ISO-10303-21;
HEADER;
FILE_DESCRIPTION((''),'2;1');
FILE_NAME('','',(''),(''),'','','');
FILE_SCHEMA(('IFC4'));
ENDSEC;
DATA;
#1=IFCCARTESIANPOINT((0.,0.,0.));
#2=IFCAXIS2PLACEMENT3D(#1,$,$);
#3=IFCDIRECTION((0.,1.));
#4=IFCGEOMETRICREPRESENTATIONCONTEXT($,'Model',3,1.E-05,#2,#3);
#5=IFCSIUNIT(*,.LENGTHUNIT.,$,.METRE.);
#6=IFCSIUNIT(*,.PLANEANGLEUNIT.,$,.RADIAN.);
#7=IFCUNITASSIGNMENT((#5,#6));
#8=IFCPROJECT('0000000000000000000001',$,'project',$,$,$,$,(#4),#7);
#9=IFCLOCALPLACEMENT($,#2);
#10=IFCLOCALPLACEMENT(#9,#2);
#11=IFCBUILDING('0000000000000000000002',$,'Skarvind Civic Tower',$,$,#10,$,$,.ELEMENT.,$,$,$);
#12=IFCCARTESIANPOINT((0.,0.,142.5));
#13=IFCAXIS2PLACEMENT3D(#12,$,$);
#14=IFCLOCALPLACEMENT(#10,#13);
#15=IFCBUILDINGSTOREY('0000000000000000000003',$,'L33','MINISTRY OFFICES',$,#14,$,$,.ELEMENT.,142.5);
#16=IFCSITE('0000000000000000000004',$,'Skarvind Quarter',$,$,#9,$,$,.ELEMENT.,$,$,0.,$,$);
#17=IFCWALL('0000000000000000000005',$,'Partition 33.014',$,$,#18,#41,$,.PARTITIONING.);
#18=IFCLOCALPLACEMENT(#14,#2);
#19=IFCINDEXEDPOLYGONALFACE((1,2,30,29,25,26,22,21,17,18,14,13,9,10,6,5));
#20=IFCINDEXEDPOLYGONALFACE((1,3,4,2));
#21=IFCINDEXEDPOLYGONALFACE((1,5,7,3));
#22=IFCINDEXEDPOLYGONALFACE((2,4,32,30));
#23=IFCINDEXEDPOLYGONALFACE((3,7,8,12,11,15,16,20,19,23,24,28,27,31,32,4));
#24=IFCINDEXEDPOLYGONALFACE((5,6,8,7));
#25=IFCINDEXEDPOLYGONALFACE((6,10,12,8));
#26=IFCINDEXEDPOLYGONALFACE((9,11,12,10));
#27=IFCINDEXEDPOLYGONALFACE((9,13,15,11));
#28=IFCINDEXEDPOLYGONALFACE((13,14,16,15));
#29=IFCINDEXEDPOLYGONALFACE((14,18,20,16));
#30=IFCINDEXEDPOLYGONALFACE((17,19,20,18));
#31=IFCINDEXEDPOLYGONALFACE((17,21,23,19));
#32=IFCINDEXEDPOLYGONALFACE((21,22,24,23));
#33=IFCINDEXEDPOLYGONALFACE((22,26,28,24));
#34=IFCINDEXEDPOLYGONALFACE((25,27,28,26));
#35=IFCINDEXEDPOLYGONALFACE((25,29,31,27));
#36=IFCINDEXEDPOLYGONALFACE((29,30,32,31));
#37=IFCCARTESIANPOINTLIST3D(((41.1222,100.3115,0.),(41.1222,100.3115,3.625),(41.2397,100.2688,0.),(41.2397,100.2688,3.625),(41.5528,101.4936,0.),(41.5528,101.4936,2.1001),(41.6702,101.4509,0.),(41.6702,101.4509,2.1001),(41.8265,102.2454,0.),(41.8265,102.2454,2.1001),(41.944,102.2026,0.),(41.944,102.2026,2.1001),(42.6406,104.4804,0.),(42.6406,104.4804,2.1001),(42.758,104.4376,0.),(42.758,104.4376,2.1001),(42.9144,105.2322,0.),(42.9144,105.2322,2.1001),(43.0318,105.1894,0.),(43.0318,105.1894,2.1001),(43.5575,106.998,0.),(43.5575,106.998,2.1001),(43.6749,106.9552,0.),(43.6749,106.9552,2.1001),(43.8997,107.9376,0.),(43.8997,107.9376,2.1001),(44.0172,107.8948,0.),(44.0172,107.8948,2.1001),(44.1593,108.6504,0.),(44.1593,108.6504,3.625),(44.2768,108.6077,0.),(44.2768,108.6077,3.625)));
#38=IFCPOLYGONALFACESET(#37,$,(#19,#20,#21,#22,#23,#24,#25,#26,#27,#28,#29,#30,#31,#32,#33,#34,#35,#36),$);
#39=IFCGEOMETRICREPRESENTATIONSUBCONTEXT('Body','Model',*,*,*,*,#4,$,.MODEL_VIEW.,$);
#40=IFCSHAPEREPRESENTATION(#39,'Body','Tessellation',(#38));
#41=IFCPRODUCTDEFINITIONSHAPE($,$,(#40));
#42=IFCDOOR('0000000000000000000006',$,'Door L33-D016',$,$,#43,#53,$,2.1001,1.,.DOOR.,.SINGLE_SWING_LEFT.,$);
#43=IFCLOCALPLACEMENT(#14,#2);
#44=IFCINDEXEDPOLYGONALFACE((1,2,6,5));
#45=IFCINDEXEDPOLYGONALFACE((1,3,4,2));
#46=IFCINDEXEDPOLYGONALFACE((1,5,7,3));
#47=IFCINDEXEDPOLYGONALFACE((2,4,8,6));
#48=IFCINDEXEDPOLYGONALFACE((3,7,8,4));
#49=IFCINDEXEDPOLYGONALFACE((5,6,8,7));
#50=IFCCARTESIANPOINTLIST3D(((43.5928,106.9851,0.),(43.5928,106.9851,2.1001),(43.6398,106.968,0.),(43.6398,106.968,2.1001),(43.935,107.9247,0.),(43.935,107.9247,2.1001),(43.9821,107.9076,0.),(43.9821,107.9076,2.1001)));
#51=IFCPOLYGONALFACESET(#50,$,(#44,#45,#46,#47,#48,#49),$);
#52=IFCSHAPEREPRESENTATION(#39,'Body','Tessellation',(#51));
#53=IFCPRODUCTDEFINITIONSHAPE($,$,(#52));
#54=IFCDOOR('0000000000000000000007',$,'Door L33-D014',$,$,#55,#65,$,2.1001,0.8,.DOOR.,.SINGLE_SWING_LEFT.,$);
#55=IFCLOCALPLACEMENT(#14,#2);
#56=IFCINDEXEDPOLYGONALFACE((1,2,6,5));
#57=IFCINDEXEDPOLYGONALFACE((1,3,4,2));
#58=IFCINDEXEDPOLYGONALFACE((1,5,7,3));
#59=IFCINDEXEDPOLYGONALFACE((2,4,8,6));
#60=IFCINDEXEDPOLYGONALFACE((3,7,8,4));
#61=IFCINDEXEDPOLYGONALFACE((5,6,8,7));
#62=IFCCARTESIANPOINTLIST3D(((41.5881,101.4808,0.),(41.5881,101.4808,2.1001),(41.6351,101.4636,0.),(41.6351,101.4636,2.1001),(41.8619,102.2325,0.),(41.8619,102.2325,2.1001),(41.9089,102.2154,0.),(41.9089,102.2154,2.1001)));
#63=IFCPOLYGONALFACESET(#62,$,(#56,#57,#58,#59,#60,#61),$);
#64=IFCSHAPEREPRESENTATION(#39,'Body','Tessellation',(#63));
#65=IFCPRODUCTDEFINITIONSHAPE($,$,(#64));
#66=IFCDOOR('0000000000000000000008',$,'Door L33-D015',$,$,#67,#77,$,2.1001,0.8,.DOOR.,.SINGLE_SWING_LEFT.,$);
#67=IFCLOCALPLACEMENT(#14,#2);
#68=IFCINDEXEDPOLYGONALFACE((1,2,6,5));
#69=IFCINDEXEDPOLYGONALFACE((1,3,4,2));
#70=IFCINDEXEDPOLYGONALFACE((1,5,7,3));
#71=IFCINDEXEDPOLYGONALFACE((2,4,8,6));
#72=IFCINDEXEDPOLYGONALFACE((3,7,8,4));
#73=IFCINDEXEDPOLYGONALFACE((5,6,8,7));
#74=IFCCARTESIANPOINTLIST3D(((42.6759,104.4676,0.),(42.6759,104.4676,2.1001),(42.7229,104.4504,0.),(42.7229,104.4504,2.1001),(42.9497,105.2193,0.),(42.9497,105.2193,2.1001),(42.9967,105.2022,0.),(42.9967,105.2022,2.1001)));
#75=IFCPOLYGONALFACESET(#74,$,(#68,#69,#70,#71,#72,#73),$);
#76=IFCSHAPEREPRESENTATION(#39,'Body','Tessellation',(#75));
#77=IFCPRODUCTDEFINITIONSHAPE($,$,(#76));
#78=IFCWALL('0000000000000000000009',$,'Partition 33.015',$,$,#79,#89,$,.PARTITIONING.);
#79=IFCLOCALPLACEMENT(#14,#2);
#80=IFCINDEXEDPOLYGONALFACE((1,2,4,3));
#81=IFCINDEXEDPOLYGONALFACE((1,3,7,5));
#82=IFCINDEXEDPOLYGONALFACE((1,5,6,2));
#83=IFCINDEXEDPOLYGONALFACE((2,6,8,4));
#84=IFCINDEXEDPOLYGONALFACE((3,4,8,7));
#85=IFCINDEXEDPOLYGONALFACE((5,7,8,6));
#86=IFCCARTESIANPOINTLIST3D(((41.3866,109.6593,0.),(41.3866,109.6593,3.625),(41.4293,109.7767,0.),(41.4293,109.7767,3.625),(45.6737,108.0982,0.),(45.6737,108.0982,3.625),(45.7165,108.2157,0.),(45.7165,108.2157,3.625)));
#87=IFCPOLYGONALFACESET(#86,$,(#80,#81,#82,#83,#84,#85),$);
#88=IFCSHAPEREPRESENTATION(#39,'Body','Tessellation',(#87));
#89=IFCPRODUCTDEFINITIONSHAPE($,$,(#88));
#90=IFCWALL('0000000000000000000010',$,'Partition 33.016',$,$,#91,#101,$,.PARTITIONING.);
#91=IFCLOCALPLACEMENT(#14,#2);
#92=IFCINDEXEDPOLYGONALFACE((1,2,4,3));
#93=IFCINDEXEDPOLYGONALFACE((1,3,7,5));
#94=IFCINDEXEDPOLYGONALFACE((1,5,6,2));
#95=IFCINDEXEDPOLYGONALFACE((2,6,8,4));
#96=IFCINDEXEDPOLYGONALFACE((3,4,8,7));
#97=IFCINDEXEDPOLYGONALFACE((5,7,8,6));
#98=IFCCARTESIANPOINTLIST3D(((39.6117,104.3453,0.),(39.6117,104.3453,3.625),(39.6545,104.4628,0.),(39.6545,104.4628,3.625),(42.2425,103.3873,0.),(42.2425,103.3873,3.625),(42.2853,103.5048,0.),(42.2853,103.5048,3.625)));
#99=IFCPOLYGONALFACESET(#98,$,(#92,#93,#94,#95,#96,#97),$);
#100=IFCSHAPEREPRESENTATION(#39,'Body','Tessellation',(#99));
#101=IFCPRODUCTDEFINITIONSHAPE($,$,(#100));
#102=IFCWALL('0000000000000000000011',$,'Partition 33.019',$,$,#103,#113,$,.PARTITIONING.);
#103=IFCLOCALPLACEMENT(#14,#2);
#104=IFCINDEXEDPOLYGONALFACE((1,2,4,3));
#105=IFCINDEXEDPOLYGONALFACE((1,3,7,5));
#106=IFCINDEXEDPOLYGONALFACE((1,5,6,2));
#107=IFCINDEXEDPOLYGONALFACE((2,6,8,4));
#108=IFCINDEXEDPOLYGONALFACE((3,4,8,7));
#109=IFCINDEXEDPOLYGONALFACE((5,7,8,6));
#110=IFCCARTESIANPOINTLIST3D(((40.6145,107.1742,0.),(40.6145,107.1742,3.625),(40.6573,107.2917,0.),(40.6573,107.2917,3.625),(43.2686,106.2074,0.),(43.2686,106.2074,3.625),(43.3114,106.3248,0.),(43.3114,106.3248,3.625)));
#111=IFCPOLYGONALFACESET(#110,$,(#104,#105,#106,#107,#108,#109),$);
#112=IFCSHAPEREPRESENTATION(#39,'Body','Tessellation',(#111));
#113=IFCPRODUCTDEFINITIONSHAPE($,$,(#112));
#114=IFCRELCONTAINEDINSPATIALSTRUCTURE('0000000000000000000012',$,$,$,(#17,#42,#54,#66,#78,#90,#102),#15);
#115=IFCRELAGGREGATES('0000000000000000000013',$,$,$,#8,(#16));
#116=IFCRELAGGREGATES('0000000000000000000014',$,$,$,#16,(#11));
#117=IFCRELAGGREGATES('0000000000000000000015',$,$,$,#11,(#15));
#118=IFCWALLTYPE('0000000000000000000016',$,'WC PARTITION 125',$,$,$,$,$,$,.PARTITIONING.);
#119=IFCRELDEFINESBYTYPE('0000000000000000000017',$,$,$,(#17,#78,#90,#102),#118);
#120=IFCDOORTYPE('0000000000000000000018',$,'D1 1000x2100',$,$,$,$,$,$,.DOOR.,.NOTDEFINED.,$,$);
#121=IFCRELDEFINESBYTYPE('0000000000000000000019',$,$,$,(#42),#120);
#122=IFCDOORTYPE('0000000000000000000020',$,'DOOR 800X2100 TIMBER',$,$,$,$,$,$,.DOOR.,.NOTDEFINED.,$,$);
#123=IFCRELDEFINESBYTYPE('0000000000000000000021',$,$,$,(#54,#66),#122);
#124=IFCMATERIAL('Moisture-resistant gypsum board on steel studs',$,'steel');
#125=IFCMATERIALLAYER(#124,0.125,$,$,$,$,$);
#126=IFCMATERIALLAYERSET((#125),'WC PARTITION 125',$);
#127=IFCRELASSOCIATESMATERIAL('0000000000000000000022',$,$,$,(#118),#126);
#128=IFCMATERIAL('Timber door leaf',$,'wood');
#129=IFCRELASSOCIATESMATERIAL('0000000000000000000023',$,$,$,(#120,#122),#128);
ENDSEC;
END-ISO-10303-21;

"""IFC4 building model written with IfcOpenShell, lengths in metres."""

from ifc_helpers import new_model, si_unit, direction, frame, frame_2d, origin, place, context, subcontext, project, spatial, rectangle, extrude, material, layer, layer_set, type_object, element, fill, save


model = new_model("IFC4")

# Units and contexts
model_context = context("Model", 3, precision=1e-05, world=origin(), true_north=direction((0.0, 1.0)))
body_context = subcontext(model_context, "Body", "Model", "MODEL_VIEW")
ifc_project = project(units=[si_unit("LENGTHUNIT", "METRE"), si_unit("PLANEANGLEUNIT", "RADIAN")], contexts=[model_context])

# Site, building, storey
site_placement = place(None, origin())
site = spatial("IfcSite", under=ifc_project, at=site_placement, Name="Skarvind Quarter", CompositionType="ELEMENT", RefElevation=0.0)
building_placement = place(site_placement, origin())
building = spatial("IfcBuilding", under=site, at=building_placement, Name="Skarvind Civic Tower", CompositionType="ELEMENT")
storey_placement = place(building_placement, frame((0.0, 0.0, 142.5)))
storey = spatial("IfcBuildingStorey", under=building, at=storey_placement, Name="L33", Description="MINISTRY OFFICES", CompositionType="ELEMENT", Elevation=142.5)

# Shared definitions
ifc_material_1 = material(Name="Timber door leaf", Category="wood")

# Shared definitions
ifc_material_2 = material(Name="Moisture-resistant gypsum board on steel studs", Category="steel")
ifc_layer_1 = layer(ifc_material_2, 0.125)
ifc_layer_set_1 = layer_set([ifc_layer_1], Name="WC PARTITION 125")
wall_type_1 = type_object("IfcWallType", Name="WC PARTITION 125", PredefinedType="PARTITIONING", material=ifc_layer_set_1)

# Wall, openings, doors
wall_1_placement = place(storey_placement, frame((41.1809, 100.29, 0.0), z_axis=(0.0, 0.0, 1.0), x_axis=(0.34222, 0.93962, 0.0)))
wall_1 = element("IfcWall", 1, at=wall_1_placement, inside=storey, type_object=wall_type_1, Name="Partition 33.014", PredefinedType="PARTITIONING", context=body_context, shape_type="SweptSolid", body=[
    extrude(rectangle(XDim=8.8748, YDim=0.125, at=frame_2d((4.4375, 0.0))), origin(), (0.0, 0.0, 1.0), 3.625),
])
opening_1_placement = place(wall_1_placement, frame((1.2583, 0.0, 0.0)))
opening_1 = element("IfcOpeningElement", 2, at=opening_1_placement, cuts=wall_1, PredefinedType="OPENING", context=body_context, shape_type="SweptSolid", body=[
    extrude(rectangle(XDim=0.8, YDim=2.1001, at=frame_2d((0.3999, 1.05))), frame((0.0, 0.0725, 0.0), z_axis=(0.0, -1.0, 0.0), x_axis=(1.0, 0.0, 0.0)), (0.0, 0.0, 1.0), 0.145),
])
opening_2_placement = place(wall_1_placement, frame((4.437, 0.0, 0.0)))
opening_2 = element("IfcOpeningElement", 3, at=opening_2_placement, cuts=wall_1, PredefinedType="OPENING", context=body_context, shape_type="SweptSolid", body=[
    extrude(rectangle(XDim=0.8, YDim=2.1001, at=frame_2d((0.3999, 1.05))), frame((0.0, 0.0725, 0.0), z_axis=(0.0, -1.0, 0.0), x_axis=(1.0, 0.0, 0.0)), (0.0, 0.0, 1.0), 0.145),
])
opening_3_placement = place(wall_1_placement, frame((7.1162, 0.0, 0.0)))
opening_3 = element("IfcOpeningElement", 4, at=opening_3_placement, cuts=wall_1, PredefinedType="OPENING", context=body_context, shape_type="SweptSolid", body=[
    extrude(rectangle(XDim=1.0, YDim=2.1001, at=frame_2d((0.5, 1.05))), frame((0.0, 0.0725, 0.0), z_axis=(0.0, -1.0, 0.0), x_axis=(1.0, 0.0, 0.0)), (0.0, 0.0, 1.0), 0.145),
])
door_type_1 = type_object("IfcDoorType", Name="D1 1000x2100", OperationType="NOTDEFINED", PredefinedType="DOOR", material=ifc_material_1)
door_1_placement = place(opening_3_placement, origin())
door_1 = element("IfcDoor", 5, at=door_1_placement, inside=storey, type_object=door_type_1, Name="Door L33-D016", OperationType="SINGLE_SWING_LEFT", OverallHeight=2.1001, OverallWidth=1.0, PredefinedType="DOOR", context=body_context, shape_type="SweptSolid", body=[
    extrude(rectangle(XDim=1.0, YDim=2.1001, at=frame_2d((0.5, 1.05))), frame((0.0, 0.0249, 0.0), z_axis=(0.0, -1.0, 0.0), x_axis=(1.0, 0.0, 0.0)), (0.0, 0.0, 1.0), 0.05),
])
fill(opening_3, door_1)
door_type_2 = type_object("IfcDoorType", Name="DOOR 800X2100 TIMBER", OperationType="NOTDEFINED", PredefinedType="DOOR", material=ifc_material_1)
door_2_placement = place(opening_1_placement, origin())
door_2 = element("IfcDoor", 6, at=door_2_placement, inside=storey, type_object=door_type_2, Name="Door L33-D014", OperationType="SINGLE_SWING_LEFT", OverallHeight=2.1001, OverallWidth=0.8, PredefinedType="DOOR", context=body_context, shape_type="SweptSolid", body=[
    extrude(rectangle(XDim=0.8, YDim=2.1001, at=frame_2d((0.3999, 1.05))), frame((0.0, 0.0249, 0.0), z_axis=(0.0, -1.0, 0.0), x_axis=(1.0, 0.0, 0.0)), (0.0, 0.0, 1.0), 0.05),
])
fill(opening_1, door_2)
door_3_placement = place(opening_2_placement, origin())
door_3 = element("IfcDoor", 7, at=door_3_placement, inside=storey, type_object=door_type_2, Name="Door L33-D015", OperationType="SINGLE_SWING_LEFT", OverallHeight=2.1001, OverallWidth=0.8, PredefinedType="DOOR", context=body_context, shape_type="SweptSolid", body=[
    extrude(rectangle(XDim=0.8, YDim=2.1001, at=frame_2d((0.3999, 1.05))), frame((0.0, 0.0249, 0.0), z_axis=(0.0, -1.0, 0.0), x_axis=(1.0, 0.0, 0.0)), (0.0, 0.0, 1.0), 0.05),
])
fill(opening_2, door_3)

# Walls
wall_2_placement = place(storey_placement, frame((41.408, 109.718, 0.0), z_axis=(0.0, 0.0, 1.0), x_axis=(0.939646, -0.342147, 0.0)))
element("IfcWall", 8, at=wall_2_placement, inside=storey, type_object=wall_type_1, Name="Partition 33.015", PredefinedType="PARTITIONING", context=body_context, shape_type="SweptSolid", body=[
    extrude(rectangle(XDim=4.5625, YDim=0.125, at=frame_2d((2.2812, 0.0))), origin(), (0.0, 0.0, 1.0), 3.625),
])
wall_3_placement = place(storey_placement, frame((42.2639, 103.446, 0.0), z_axis=(0.0, 0.0, 1.0), x_axis=(-0.939641, 0.342163, 0.0)))
element("IfcWall", 9, at=wall_3_placement, inside=storey, type_object=wall_type_1, Name="Partition 33.016", PredefinedType="PARTITIONING", context=body_context, shape_type="SweptSolid", body=[
    extrude(rectangle(XDim=2.7998, YDim=0.125, at=frame_2d((1.3999, 0.0))), origin(), (0.0, 0.0, 1.0), 3.625),
])
wall_4_placement = place(storey_placement, frame((43.29, 106.2661, 0.0), z_axis=(0.0, 0.0, 1.0), x_axis=(-0.939601, 0.34227, 0.0)))
element("IfcWall", 10, at=wall_4_placement, inside=storey, type_object=wall_type_1, Name="Partition 33.019", PredefinedType="PARTITIONING", context=body_context, shape_type="SweptSolid", body=[
    extrude(rectangle(XDim=2.8247, YDim=0.125, at=frame_2d((1.4124, 0.0))), origin(), (0.0, 0.0, 1.0), 3.625),
])

save(model, "model.ifc")
